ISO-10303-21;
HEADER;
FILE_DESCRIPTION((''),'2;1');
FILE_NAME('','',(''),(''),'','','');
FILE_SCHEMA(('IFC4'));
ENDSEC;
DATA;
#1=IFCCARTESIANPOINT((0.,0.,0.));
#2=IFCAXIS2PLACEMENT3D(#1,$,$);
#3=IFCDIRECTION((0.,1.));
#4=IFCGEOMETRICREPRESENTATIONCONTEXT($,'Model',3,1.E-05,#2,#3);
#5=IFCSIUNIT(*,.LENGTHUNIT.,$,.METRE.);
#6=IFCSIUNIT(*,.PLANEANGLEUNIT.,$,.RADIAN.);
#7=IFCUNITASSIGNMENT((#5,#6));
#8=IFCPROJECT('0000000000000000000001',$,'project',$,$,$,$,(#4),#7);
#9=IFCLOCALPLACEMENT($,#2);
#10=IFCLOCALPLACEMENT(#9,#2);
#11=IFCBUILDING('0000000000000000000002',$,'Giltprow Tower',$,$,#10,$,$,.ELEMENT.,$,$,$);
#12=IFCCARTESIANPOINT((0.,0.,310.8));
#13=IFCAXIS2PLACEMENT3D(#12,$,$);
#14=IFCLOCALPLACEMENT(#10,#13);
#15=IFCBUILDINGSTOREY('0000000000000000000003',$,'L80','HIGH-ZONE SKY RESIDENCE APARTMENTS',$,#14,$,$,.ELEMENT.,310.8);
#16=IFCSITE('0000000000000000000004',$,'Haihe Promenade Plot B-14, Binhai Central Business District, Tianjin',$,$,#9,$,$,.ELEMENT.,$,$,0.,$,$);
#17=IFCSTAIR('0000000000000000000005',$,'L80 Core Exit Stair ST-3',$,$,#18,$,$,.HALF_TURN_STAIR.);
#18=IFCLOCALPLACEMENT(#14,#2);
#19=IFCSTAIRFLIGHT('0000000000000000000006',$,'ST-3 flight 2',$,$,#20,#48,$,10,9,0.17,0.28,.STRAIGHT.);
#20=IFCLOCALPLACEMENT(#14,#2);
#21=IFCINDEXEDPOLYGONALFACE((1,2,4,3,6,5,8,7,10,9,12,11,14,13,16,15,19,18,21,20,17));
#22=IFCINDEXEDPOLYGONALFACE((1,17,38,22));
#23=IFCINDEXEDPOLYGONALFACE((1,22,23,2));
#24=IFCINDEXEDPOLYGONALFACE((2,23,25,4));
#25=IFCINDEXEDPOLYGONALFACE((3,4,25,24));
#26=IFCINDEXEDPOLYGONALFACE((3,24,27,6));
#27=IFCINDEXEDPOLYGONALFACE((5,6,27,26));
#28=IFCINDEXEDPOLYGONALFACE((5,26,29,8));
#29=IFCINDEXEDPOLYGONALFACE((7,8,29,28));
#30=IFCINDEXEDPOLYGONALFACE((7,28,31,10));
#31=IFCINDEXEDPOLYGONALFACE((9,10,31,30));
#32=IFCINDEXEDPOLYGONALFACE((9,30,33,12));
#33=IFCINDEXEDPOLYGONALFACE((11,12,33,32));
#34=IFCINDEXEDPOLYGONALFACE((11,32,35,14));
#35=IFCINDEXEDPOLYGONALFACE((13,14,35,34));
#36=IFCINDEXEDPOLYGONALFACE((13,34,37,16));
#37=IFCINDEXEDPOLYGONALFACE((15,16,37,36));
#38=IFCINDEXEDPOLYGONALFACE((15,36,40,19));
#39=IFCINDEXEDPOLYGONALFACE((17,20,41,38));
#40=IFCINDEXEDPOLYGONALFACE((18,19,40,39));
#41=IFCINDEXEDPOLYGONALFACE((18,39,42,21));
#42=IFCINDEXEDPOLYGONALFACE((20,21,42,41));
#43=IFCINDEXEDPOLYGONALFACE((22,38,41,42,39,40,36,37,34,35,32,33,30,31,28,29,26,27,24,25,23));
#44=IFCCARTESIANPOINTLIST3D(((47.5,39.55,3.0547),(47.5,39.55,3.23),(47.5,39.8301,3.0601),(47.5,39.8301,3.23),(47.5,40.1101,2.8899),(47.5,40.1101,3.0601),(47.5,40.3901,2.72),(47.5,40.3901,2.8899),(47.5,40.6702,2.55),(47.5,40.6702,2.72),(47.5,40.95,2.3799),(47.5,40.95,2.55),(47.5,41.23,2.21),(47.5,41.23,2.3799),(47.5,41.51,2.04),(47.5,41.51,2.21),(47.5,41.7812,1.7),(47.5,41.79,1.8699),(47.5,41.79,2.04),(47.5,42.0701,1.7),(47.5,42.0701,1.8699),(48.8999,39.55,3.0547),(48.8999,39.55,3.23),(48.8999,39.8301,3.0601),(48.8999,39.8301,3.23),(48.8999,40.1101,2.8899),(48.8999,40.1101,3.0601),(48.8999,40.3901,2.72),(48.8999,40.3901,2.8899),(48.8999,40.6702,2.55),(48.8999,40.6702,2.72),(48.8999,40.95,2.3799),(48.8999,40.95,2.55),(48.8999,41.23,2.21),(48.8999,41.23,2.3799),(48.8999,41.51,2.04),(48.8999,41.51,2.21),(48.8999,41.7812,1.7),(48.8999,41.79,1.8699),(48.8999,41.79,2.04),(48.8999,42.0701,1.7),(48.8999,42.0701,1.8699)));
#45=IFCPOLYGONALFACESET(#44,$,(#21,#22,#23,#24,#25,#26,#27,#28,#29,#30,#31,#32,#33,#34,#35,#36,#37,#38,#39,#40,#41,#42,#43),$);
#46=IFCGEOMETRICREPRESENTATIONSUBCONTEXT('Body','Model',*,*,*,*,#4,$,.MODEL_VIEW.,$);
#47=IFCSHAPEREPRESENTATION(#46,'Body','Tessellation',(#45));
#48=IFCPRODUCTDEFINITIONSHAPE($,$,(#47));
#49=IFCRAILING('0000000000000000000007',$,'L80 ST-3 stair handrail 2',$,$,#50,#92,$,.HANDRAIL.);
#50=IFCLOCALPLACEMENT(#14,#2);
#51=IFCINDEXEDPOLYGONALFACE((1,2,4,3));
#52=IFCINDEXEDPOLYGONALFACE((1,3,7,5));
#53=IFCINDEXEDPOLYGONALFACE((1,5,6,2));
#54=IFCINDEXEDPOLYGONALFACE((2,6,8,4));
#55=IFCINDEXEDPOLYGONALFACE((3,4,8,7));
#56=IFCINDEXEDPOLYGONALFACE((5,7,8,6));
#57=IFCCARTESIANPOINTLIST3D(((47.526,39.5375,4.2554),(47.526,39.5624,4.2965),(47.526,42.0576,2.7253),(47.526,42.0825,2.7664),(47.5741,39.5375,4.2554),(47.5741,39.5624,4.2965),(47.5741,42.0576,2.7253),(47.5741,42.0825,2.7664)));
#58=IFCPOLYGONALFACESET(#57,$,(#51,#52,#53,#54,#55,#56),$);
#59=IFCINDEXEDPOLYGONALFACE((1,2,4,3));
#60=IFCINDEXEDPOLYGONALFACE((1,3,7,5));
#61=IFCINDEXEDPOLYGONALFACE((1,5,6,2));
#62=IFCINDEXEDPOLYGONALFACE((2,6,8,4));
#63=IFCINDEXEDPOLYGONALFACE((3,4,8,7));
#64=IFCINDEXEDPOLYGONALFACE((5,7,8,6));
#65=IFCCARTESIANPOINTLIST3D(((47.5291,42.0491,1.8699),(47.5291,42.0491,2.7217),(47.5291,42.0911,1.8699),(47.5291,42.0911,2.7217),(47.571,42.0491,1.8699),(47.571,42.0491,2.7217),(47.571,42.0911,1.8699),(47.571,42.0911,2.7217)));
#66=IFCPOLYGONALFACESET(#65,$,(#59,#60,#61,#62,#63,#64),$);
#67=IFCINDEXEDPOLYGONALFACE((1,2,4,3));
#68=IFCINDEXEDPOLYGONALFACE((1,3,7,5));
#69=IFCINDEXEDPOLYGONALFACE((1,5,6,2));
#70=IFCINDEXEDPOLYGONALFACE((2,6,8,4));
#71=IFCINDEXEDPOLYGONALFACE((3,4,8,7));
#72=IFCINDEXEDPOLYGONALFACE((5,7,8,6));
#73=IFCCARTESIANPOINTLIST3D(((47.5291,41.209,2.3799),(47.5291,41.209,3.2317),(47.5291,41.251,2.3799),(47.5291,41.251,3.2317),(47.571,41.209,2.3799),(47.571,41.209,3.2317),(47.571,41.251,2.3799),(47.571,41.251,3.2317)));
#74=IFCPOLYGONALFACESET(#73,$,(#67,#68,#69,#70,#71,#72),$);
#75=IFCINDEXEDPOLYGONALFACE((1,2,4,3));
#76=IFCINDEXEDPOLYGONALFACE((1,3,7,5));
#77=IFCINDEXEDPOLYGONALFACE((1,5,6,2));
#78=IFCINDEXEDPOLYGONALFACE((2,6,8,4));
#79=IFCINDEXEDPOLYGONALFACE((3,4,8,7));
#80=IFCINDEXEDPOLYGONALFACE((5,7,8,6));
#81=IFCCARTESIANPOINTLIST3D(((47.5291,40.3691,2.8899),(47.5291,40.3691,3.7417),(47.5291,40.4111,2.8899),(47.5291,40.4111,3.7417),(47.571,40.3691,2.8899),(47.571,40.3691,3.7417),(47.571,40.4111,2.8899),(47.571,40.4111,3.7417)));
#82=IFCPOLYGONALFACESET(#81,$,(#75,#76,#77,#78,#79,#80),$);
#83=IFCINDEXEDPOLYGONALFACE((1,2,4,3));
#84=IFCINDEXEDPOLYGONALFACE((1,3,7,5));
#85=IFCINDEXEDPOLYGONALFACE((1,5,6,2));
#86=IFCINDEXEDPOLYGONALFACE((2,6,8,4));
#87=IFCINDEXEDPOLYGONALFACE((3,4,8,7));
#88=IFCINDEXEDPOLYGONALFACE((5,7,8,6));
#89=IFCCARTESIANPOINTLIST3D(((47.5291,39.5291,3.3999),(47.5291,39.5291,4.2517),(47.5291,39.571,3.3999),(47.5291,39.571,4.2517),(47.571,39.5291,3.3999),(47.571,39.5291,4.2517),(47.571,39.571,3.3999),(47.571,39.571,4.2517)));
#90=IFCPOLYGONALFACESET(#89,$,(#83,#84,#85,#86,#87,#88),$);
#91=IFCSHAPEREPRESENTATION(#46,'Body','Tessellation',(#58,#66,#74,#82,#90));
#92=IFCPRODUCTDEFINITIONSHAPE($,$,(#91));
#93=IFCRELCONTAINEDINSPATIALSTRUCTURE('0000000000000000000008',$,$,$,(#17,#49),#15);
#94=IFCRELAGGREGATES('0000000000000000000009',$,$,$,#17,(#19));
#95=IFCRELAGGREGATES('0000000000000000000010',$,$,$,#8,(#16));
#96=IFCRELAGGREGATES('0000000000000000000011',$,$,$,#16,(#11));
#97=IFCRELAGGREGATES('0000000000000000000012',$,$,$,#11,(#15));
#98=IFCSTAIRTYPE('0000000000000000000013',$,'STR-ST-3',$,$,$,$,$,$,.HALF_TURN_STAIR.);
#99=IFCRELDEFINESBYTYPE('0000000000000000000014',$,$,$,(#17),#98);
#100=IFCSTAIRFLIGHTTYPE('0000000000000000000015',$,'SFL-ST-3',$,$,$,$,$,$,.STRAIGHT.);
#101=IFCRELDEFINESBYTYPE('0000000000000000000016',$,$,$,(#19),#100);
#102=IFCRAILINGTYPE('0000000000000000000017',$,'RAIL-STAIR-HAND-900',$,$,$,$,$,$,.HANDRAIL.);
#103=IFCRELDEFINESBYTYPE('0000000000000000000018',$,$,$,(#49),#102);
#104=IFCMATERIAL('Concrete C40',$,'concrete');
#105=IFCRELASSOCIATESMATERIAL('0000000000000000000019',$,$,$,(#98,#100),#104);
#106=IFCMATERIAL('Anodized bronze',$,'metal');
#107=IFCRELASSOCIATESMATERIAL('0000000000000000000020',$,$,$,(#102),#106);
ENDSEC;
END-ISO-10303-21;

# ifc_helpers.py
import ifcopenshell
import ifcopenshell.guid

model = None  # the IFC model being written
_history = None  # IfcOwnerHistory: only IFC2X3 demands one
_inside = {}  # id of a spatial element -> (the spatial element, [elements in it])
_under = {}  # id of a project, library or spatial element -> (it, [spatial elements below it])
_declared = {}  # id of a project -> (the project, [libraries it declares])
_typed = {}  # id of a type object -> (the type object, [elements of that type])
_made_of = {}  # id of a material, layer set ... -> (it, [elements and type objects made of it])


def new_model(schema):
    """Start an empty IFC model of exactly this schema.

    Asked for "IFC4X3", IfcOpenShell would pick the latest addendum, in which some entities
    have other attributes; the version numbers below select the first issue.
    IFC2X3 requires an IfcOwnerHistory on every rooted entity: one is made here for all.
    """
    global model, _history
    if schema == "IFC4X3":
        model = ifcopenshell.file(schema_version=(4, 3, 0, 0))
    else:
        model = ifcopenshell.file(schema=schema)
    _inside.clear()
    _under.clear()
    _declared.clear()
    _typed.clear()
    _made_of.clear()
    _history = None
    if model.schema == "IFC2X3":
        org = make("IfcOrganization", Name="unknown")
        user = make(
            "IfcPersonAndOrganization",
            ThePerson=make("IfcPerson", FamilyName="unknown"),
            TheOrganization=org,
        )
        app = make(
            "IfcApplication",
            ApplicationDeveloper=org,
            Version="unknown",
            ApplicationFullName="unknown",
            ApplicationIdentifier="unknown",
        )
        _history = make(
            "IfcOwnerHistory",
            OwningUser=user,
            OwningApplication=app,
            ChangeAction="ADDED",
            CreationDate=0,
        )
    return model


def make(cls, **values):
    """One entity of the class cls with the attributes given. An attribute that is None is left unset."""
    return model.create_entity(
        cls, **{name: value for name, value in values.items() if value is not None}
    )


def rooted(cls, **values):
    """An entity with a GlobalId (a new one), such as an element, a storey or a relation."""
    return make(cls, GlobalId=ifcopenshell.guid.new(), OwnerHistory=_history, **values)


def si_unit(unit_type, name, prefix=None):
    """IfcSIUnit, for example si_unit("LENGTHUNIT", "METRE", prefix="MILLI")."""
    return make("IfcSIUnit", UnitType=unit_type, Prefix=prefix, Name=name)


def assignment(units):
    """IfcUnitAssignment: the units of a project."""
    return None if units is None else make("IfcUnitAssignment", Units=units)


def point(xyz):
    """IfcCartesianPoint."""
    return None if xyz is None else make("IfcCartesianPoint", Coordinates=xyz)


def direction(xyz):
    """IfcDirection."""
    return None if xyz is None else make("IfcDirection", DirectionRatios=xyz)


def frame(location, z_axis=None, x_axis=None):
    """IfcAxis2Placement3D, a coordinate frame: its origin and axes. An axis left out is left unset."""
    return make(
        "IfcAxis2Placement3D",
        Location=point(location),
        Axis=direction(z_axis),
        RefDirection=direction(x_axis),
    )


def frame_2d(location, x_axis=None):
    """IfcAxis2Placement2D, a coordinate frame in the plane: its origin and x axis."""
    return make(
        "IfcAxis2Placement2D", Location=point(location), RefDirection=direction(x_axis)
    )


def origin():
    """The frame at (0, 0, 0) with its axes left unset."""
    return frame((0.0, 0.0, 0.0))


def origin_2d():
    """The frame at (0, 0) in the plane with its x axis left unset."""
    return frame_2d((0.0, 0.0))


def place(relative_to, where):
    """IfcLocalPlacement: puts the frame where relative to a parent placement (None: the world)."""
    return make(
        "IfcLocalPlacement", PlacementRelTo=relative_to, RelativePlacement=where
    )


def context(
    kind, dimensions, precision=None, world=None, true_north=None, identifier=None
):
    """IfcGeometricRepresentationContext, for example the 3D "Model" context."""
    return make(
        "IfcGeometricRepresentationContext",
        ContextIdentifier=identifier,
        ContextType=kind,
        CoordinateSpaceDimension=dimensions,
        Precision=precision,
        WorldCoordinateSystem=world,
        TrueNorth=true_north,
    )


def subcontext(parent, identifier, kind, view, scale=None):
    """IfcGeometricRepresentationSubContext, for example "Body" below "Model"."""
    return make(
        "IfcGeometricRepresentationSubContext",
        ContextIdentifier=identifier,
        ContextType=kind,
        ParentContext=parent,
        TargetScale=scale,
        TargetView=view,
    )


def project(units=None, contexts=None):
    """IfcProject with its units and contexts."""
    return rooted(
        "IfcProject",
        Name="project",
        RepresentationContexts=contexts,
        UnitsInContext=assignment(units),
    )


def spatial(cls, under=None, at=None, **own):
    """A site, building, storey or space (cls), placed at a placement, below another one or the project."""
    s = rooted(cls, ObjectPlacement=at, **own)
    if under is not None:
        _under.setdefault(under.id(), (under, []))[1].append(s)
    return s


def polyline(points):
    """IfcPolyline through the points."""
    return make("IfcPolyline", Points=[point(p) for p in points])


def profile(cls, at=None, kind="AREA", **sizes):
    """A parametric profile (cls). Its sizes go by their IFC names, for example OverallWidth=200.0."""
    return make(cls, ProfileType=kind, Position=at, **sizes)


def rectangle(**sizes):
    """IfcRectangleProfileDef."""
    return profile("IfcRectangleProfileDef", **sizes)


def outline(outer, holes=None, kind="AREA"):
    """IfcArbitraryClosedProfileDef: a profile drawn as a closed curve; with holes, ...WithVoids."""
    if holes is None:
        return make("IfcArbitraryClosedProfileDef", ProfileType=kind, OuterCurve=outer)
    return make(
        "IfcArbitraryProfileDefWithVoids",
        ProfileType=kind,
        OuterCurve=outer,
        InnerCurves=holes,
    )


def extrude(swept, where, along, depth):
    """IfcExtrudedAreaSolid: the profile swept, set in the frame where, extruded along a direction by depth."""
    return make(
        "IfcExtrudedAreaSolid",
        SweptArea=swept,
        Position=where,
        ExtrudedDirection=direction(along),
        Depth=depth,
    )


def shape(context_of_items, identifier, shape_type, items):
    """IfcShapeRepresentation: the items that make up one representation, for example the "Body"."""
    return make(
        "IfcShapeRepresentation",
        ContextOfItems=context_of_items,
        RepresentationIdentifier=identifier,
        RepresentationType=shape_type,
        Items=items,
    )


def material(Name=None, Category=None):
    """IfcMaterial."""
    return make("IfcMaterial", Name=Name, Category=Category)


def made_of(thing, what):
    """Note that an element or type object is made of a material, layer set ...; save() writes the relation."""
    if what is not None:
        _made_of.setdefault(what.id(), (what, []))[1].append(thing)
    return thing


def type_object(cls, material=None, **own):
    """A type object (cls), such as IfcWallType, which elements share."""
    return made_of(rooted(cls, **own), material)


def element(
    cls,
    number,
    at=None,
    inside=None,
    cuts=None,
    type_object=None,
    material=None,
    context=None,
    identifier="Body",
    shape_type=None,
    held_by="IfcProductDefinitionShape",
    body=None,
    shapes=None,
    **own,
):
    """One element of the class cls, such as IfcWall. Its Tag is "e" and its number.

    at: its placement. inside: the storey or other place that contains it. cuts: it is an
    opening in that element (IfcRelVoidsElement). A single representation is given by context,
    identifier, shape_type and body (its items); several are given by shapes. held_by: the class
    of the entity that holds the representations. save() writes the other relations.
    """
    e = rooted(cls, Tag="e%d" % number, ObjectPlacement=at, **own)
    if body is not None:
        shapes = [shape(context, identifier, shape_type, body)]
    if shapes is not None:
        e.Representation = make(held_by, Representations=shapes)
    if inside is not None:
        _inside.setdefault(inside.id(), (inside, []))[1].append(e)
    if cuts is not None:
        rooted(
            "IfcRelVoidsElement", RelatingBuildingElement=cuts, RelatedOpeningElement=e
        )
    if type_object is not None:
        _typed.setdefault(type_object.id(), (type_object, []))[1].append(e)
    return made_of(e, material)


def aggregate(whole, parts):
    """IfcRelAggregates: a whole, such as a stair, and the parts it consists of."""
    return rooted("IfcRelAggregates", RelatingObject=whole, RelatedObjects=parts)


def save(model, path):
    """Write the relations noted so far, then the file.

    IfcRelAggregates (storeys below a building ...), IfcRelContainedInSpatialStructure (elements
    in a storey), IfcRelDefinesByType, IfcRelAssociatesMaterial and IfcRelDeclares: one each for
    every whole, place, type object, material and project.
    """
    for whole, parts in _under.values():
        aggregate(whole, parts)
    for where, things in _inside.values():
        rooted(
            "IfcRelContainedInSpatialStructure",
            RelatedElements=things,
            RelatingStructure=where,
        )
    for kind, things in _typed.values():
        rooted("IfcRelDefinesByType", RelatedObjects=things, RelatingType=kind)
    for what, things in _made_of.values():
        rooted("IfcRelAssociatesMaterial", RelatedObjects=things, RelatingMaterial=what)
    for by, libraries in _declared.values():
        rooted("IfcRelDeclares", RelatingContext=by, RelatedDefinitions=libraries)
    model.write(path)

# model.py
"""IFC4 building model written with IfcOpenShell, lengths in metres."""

from ifc_helpers import new_model, si_unit, direction, frame, origin, origin_2d, place, context, subcontext, project, spatial, polyline, rectangle, outline, extrude, material, type_object, element, aggregate, save


model = new_model("IFC4")

# Units and contexts
model_context = context("Model", 3, precision=1e-05, world=origin(), true_north=direction((0.0, 1.0)))
body_context = subcontext(model_context, "Body", "Model", "MODEL_VIEW")
ifc_project = project(units=[si_unit("LENGTHUNIT", "METRE"), si_unit("PLANEANGLEUNIT", "RADIAN")], contexts=[model_context])

# Site, building, storey
site_placement = place(None, origin())
site = spatial("IfcSite", under=ifc_project, at=site_placement, Name="Haihe Promenade Plot B-14, Binhai Central Business District, Tianjin", CompositionType="ELEMENT", RefElevation=0.0)
building_placement = place(site_placement, origin())
building = spatial("IfcBuilding", under=site, at=building_placement, Name="Giltprow Tower", CompositionType="ELEMENT")
storey_placement = place(building_placement, frame((0.0, 0.0, 310.8)))
storey = spatial("IfcBuildingStorey", under=building, at=storey_placement, Name="L80", Description="HIGH-ZONE SKY RESIDENCE APARTMENTS", CompositionType="ELEMENT", Elevation=310.8)

# Shared definitions
ifc_material_1 = material(Name="Concrete C40", Category="concrete")

# Stair, stair flight
stair_type = type_object("IfcStairType", Name="STR-ST-3", PredefinedType="HALF_TURN_STAIR", material=ifc_material_1)
stair_placement = place(storey_placement, origin())
stair = element("IfcStair", 1, at=stair_placement, inside=storey, type_object=stair_type, Name="L80 Core Exit Stair ST-3", PredefinedType="HALF_TURN_STAIR")
stair_flight_type = type_object("IfcStairFlightType", Name="SFL-ST-3", PredefinedType="STRAIGHT", material=ifc_material_1)
stair_flight_placement = place(storey_placement, frame((48.2, 42.0701, 1.7), z_axis=(0.0, 0.0, 1.0), x_axis=(0.0, -1.0, 0.0)))
stair_flight = element("IfcStairFlight", 2, at=stair_flight_placement, type_object=stair_flight_type, Name="ST-3 flight 2", NumberOfRisers=10, NumberOfTreads=9, PredefinedType="STRAIGHT", RiserHeight=0.17, TreadLength=0.28, context=body_context, shape_type="SweptSolid", body=[
    extrude(outline(polyline([(0.0, 0.0), (0.0, 0.1699), (0.28, 0.1699), (0.28, 0.3401), (0.5601, 0.3401), (0.5601, 0.51), (0.8401, 0.51), (0.8401, 0.6799), (1.1201, 0.6799), (1.1201, 0.8501), (1.3999, 0.8501), (1.3999, 1.02), (1.6799, 1.02), (1.6799, 1.1899), (1.96, 1.1899), (1.96, 1.3601), (2.24, 1.3601), (2.24, 1.53), (2.52, 1.53), (2.52, 1.7), (2.52, 1.3547), (0.2888, 0.0), (0.0, 0.0)])), frame((0.0, 0.7, 0.0), z_axis=(0.0, -1.0, 0.0), x_axis=(1.0, 0.0, 0.0)), (0.0, 0.0, 1.0), 1.3999),
])
aggregate(stair, [stair_flight])

# Railing
ifc_material_2 = material(Name="Anodized bronze", Category="metal")
railing_type = type_object("IfcRailingType", Name="RAIL-STAIR-HAND-900", PredefinedType="HANDRAIL", material=ifc_material_2)
railing_placement = place(storey_placement, frame((47.55, 42.0701, 1.8699)))
element("IfcRailing", 3, at=railing_placement, inside=storey, type_object=railing_type, Name="L80 ST-3 stair handrail 2", PredefinedType="HANDRAIL", context=body_context, shape_type="SweptSolid", body=[
    extrude(rectangle(XDim=0.0481, YDim=0.0481, at=origin_2d()), frame((0.0, 0.0, 0.876), z_axis=(0.0, -0.854785, 0.518982), x_axis=(1.0, 0.0, 0.0)), (0.0, 0.0, 1.0), 2.9482),
    extrude(rectangle(XDim=0.042, YDim=0.042, at=origin_2d()), origin(), (0.0, 0.0, 1.0), 0.8518),
    extrude(rectangle(XDim=0.042, YDim=0.042, at=origin_2d()), frame((0.0, -0.8401, 0.51)), (0.0, 0.0, 1.0), 0.8518),
    extrude(rectangle(XDim=0.042, YDim=0.042, at=origin_2d()), frame((0.0, -1.6799, 1.02)), (0.0, 0.0, 1.0), 0.8518),
    extrude(rectangle(XDim=0.042, YDim=0.042, at=origin_2d()), frame((0.0, -2.52, 1.53)), (0.0, 0.0, 1.0), 0.8518),
])

save(model, "model.ifc")
